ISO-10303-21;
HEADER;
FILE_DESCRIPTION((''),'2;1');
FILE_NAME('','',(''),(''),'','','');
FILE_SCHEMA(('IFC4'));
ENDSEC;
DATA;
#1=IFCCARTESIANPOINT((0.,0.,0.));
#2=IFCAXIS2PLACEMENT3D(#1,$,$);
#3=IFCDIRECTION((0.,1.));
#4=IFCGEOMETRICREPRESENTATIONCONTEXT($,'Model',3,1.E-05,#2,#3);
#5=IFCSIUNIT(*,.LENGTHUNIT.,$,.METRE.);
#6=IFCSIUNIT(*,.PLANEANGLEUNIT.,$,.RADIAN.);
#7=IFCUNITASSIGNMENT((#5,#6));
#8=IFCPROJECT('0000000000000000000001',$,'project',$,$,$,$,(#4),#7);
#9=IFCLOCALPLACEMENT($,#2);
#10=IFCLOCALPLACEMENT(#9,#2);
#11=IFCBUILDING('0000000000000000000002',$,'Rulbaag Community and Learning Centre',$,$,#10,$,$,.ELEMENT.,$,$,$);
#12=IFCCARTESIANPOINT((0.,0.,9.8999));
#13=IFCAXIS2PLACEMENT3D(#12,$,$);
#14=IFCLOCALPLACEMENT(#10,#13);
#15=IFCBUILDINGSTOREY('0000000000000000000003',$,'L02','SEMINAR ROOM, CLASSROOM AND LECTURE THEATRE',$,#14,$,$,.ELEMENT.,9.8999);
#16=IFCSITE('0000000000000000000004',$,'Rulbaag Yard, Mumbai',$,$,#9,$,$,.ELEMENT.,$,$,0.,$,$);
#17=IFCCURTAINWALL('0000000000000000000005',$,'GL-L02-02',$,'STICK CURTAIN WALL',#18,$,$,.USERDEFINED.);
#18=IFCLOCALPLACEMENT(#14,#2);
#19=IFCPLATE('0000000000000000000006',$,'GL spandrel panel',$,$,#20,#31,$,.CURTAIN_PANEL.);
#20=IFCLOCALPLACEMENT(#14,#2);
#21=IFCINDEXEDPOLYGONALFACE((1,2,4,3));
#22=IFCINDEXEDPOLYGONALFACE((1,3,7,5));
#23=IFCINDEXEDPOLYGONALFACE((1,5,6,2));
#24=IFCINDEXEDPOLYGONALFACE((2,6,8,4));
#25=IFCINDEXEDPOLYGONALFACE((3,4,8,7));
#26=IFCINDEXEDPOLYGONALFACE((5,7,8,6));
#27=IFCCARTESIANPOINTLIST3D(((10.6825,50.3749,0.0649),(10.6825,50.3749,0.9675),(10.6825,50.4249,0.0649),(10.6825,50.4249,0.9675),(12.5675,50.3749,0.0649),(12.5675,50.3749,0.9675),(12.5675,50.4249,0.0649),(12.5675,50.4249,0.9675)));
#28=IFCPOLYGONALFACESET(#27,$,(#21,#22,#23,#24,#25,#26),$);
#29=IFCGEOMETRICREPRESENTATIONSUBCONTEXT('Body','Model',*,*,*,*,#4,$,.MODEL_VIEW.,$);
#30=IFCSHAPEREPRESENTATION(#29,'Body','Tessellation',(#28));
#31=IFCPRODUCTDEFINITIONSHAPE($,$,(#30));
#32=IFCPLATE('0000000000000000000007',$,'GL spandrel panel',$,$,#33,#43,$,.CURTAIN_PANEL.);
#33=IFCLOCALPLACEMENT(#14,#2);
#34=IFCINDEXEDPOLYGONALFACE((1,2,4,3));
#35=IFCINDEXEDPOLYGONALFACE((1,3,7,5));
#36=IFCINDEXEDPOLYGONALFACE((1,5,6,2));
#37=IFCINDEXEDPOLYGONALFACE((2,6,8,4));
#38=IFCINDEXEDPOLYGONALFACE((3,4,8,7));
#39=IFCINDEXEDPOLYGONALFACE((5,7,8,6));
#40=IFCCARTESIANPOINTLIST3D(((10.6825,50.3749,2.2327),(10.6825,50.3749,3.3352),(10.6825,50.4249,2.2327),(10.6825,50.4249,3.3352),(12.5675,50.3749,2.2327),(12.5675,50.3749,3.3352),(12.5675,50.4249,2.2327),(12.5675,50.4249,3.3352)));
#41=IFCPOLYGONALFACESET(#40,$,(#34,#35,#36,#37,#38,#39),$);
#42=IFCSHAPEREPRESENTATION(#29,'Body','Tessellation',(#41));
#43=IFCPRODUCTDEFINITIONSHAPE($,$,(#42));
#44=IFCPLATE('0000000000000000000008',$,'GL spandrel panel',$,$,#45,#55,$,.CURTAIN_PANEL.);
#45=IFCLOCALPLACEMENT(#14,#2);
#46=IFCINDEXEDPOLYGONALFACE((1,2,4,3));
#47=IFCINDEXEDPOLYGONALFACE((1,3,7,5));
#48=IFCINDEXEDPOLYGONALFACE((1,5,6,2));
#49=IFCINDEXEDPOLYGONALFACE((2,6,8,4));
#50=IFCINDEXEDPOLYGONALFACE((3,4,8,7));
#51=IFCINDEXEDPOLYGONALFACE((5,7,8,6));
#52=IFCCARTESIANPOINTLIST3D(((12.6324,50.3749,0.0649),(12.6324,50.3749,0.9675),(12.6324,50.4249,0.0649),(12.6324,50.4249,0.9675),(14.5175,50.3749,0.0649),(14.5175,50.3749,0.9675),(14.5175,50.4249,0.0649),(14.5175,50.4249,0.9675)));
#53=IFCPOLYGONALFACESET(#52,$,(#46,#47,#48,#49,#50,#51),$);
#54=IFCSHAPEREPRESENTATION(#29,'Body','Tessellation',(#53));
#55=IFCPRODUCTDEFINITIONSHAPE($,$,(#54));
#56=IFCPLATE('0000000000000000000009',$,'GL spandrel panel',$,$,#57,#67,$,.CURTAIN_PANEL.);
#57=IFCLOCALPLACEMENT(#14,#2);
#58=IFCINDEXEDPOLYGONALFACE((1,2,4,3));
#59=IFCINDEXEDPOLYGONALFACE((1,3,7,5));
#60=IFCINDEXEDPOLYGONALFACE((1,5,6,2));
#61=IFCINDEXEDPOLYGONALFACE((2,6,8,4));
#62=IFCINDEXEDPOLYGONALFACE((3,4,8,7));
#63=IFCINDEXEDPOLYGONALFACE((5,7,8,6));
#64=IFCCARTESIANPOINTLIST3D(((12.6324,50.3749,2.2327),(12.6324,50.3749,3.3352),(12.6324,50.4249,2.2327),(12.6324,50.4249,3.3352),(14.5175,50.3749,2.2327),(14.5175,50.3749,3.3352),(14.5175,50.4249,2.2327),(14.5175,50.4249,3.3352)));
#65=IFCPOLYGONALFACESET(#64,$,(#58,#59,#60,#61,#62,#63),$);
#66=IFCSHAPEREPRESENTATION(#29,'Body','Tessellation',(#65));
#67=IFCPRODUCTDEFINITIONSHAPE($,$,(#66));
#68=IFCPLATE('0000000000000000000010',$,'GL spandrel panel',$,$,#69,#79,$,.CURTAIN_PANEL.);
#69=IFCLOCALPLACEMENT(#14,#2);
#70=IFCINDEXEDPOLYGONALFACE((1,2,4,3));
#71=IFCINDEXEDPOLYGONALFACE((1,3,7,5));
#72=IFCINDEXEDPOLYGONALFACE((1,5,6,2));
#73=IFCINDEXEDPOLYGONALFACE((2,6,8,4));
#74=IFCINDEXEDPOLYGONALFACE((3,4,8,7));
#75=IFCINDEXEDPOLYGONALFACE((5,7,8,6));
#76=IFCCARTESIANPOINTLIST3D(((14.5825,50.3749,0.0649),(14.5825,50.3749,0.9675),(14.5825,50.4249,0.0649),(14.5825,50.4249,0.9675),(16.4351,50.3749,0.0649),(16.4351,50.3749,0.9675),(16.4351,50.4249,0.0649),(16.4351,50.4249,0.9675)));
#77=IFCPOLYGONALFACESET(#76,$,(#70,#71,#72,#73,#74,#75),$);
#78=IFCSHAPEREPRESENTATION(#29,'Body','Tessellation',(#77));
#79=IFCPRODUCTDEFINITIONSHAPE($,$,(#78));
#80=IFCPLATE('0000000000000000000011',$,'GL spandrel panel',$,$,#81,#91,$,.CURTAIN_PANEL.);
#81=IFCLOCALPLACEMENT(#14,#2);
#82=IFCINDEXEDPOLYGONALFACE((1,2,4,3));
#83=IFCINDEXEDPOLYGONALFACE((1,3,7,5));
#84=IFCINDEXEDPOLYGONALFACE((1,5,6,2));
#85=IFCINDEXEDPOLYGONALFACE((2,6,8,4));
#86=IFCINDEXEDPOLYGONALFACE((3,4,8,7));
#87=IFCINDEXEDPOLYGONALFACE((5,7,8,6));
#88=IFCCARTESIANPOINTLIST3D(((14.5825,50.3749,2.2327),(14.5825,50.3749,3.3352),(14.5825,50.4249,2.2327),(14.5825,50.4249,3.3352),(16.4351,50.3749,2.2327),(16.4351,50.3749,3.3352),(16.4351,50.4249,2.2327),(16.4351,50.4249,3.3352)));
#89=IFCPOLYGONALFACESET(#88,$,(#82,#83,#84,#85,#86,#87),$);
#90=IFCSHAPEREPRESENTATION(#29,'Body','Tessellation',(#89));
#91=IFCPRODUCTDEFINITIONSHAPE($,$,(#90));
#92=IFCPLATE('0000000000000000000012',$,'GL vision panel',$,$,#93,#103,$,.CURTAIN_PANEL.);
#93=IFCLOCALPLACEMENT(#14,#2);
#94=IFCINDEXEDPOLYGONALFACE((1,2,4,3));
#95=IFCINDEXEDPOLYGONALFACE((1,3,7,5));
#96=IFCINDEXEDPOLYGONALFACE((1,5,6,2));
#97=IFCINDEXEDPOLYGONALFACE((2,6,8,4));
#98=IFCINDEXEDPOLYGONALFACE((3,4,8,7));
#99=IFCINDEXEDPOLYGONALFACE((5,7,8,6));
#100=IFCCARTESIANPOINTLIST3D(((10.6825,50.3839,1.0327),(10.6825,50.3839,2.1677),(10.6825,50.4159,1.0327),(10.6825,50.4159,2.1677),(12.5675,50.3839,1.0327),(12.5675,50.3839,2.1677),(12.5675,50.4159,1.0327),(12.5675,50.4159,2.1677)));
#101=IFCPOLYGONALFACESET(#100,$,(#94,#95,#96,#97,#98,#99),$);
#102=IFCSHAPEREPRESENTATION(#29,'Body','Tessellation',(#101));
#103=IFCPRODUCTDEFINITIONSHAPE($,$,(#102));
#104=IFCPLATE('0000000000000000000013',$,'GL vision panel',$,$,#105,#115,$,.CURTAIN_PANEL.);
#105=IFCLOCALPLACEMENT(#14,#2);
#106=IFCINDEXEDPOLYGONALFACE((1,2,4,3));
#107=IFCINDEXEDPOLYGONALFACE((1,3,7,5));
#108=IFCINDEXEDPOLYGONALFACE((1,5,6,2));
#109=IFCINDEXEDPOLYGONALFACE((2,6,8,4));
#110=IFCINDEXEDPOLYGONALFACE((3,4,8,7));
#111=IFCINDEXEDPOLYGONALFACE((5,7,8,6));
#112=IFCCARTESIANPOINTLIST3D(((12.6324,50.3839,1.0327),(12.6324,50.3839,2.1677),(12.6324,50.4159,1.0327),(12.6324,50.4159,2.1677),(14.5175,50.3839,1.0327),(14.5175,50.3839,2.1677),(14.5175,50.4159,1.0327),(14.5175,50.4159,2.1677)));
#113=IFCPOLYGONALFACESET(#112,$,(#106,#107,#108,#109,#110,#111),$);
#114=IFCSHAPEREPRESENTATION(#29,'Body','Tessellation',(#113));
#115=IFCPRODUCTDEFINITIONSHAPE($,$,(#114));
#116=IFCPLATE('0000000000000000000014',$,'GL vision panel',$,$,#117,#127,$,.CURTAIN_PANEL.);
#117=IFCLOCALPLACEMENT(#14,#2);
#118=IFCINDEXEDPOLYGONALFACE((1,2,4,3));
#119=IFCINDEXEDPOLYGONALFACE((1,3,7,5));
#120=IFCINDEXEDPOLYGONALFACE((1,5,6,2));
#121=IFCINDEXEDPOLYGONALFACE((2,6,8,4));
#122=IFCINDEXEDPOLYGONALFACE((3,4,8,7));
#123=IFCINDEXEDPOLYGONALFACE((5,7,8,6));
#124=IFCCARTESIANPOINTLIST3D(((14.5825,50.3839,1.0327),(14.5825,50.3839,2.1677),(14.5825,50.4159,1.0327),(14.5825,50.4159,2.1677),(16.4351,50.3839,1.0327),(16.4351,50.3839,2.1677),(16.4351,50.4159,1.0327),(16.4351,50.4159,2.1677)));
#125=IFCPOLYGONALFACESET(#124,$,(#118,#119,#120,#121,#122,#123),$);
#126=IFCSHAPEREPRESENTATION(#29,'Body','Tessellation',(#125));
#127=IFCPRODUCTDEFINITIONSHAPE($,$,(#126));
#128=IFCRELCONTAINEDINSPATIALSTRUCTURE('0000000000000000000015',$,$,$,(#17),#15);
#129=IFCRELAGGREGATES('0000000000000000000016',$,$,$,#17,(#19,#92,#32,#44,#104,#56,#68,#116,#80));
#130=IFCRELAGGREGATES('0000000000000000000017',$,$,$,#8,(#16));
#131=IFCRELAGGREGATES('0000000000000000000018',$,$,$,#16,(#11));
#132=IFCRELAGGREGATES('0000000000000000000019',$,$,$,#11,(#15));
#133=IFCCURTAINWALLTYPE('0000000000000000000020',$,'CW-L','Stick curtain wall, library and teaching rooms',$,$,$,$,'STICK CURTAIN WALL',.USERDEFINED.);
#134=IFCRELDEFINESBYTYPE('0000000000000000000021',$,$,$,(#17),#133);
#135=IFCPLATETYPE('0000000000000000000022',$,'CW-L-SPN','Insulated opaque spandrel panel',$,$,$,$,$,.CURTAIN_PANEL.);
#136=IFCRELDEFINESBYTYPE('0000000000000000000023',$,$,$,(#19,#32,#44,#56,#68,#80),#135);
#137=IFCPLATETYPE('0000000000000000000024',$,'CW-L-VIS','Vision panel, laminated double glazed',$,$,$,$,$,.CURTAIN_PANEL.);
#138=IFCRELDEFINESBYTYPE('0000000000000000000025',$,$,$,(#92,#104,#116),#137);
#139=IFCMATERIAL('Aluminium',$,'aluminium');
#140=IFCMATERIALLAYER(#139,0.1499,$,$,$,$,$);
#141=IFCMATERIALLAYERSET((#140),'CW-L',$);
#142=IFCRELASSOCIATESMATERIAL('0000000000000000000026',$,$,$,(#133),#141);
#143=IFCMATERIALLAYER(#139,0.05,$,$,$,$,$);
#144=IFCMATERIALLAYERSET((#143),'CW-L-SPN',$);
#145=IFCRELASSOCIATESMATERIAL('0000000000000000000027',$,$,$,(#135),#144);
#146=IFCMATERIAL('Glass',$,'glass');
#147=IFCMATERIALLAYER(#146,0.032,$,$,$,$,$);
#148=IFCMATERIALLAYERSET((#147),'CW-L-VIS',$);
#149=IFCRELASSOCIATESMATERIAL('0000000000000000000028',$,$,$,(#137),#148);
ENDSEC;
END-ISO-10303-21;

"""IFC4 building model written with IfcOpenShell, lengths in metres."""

from ifc_helpers import new_model, si_unit, direction, frame, origin, origin_2d, place, context, subcontext, project, spatial, rectangle, extrude, material, layer, layer_set, type_object, element, aggregate, save


model = new_model("IFC4")

# Units and contexts
model_context = context("Model", 3, precision=1e-05, world=origin(), true_north=direction((0.0, 1.0)))
body_context = subcontext(model_context, "Body", "Model", "MODEL_VIEW")
ifc_project = project(units=[si_unit("LENGTHUNIT", "METRE"), si_unit("PLANEANGLEUNIT", "RADIAN")], contexts=[model_context])

# Site, building, storey
site_placement = place(None, origin())
site = spatial("IfcSite", under=ifc_project, at=site_placement, Name="Rulbaag Yard, Mumbai", CompositionType="ELEMENT", RefElevation=0.0)
building_placement = place(site_placement, origin())
building = spatial("IfcBuilding", under=site, at=building_placement, Name="Rulbaag Community and Learning Centre", CompositionType="ELEMENT")
storey_placement = place(building_placement, frame((0.0, 0.0, 9.8999)))
storey = spatial("IfcBuildingStorey", under=building, at=storey_placement, Name="L02", Description="SEMINAR ROOM, CLASSROOM AND LECTURE THEATRE", CompositionType="ELEMENT", Elevation=9.8999)

# Curtain wall, plates
ifc_material_1 = material(Name="Aluminium", Category="aluminium")
ifc_layer_1 = layer(ifc_material_1, 0.1499)
ifc_layer_set_1 = layer_set([ifc_layer_1], Name="CW-L")
curtain_wall_type = type_object("IfcCurtainWallType", Name="CW-L", Description="Stick curtain wall, library and teaching rooms", ElementType="STICK CURTAIN WALL", PredefinedType="USERDEFINED", material=ifc_layer_set_1)
curtain_wall_placement = place(storey_placement, origin())
curtain_wall = element("IfcCurtainWall", 1, at=curtain_wall_placement, inside=storey, type_object=curtain_wall_type, Name="GL-L02-02", ObjectType="STICK CURTAIN WALL", PredefinedType="USERDEFINED")
ifc_layer_2 = layer(ifc_material_1, 0.05)
ifc_layer_set_2 = layer_set([ifc_layer_2], Name="CW-L-SPN")
plate_type_1 = type_object("IfcPlateType", Name="CW-L-SPN", Description="Insulated opaque spandrel panel", PredefinedType="CURTAIN_PANEL", material=ifc_layer_set_2)
plate_1_placement = place(storey_placement, frame((11.625, 50.3999, 0.0649), z_axis=(0.0, 0.0, 1.0), x_axis=(1.0, 0.0, 0.0)))
plate_1 = element("IfcPlate", 2, at=plate_1_placement, type_object=plate_type_1, Name="GL spandrel panel", PredefinedType="CURTAIN_PANEL", context=body_context, shape_type="SweptSolid", body=[
    extrude(rectangle(XDim=1.885, YDim=0.05, at=origin_2d()), origin(), (0.0, 0.0, 1.0), 0.9026),
])
plate_2_placement = place(storey_placement, frame((11.625, 50.3999, 2.2327), z_axis=(0.0, 0.0, 1.0), x_axis=(1.0, 0.0, 0.0)))
plate_2 = element("IfcPlate", 3, at=plate_2_placement, type_object=plate_type_1, Name="GL spandrel panel", PredefinedType="CURTAIN_PANEL", context=body_context, shape_type="SweptSolid", body=[
    extrude(rectangle(XDim=1.885, YDim=0.05, at=origin_2d()), origin(), (0.0, 0.0, 1.0), 1.1025),
])
plate_3_placement = place(storey_placement, frame((13.575, 50.3999, 0.0649), z_axis=(0.0, 0.0, 1.0), x_axis=(1.0, 0.0, 0.0)))
plate_3 = element("IfcPlate", 4, at=plate_3_placement, type_object=plate_type_1, Name="GL spandrel panel", PredefinedType="CURTAIN_PANEL", context=body_context, shape_type="SweptSolid", body=[
    extrude(rectangle(XDim=1.885, YDim=0.05, at=origin_2d()), origin(), (0.0, 0.0, 1.0), 0.9026),
])
plate_4_placement = place(storey_placement, frame((13.575, 50.3999, 2.2327), z_axis=(0.0, 0.0, 1.0), x_axis=(1.0, 0.0, 0.0)))
plate_4 = element("IfcPlate", 5, at=plate_4_placement, type_object=plate_type_1, Name="GL spandrel panel", PredefinedType="CURTAIN_PANEL", context=body_context, shape_type="SweptSolid", body=[
    extrude(rectangle(XDim=1.885, YDim=0.05, at=origin_2d()), origin(), (0.0, 0.0, 1.0), 1.1025),
])
plate_5_placement = place(storey_placement, frame((15.5088, 50.3999, 0.0649), z_axis=(0.0, 0.0, 1.0), x_axis=(1.0, 0.0, 0.0)))
plate_5 = element("IfcPlate", 6, at=plate_5_placement, type_object=plate_type_1, Name="GL spandrel panel", PredefinedType="CURTAIN_PANEL", context=body_context, shape_type="SweptSolid", body=[
    extrude(rectangle(XDim=1.8525, YDim=0.05, at=origin_2d()), origin(), (0.0, 0.0, 1.0), 0.9026),
])
plate_6_placement = place(storey_placement, frame((15.5088, 50.3999, 2.2327), z_axis=(0.0, 0.0, 1.0), x_axis=(1.0, 0.0, 0.0)))
plate_6 = element("IfcPlate", 7, at=plate_6_placement, type_object=plate_type_1, Name="GL spandrel panel", PredefinedType="CURTAIN_PANEL", context=body_context, shape_type="SweptSolid", body=[
    extrude(rectangle(XDim=1.8525, YDim=0.05, at=origin_2d()), origin(), (0.0, 0.0, 1.0), 1.1025),
])
ifc_material_2 = material(Name="Glass", Category="glass")
ifc_layer_3 = layer(ifc_material_2, 0.032)
ifc_layer_set_3 = layer_set([ifc_layer_3], Name="CW-L-VIS")
plate_type_2 = type_object("IfcPlateType", Name="CW-L-VIS", Description="Vision panel, laminated double glazed", PredefinedType="CURTAIN_PANEL", material=ifc_layer_set_3)
plate_7_placement = place(storey_placement, frame((11.625, 50.3999, 1.0327), z_axis=(0.0, 0.0, 1.0), x_axis=(1.0, 0.0, 0.0)))
plate_7 = element("IfcPlate", 8, at=plate_7_placement, type_object=plate_type_2, Name="GL vision panel", PredefinedType="CURTAIN_PANEL", context=body_context, shape_type="SweptSolid", body=[
    extrude(rectangle(XDim=1.885, YDim=0.032, at=origin_2d()), origin(), (0.0, 0.0, 1.0), 1.135),
])
plate_8_placement = place(storey_placement, frame((13.575, 50.3999, 1.0327), z_axis=(0.0, 0.0, 1.0), x_axis=(1.0, 0.0, 0.0)))
plate_8 = element("IfcPlate", 9, at=plate_8_placement, type_object=plate_type_2, Name="GL vision panel", PredefinedType="CURTAIN_PANEL", context=body_context, shape_type="SweptSolid", body=[
    extrude(rectangle(XDim=1.885, YDim=0.032, at=origin_2d()), origin(), (0.0, 0.0, 1.0), 1.135),
])
plate_9_placement = place(storey_placement, frame((15.5088, 50.3999, 1.0327), z_axis=(0.0, 0.0, 1.0), x_axis=(1.0, 0.0, 0.0)))
plate_9 = element("IfcPlate", 10, at=plate_9_placement, type_object=plate_type_2, Name="GL vision panel", PredefinedType="CURTAIN_PANEL", context=body_context, shape_type="SweptSolid", body=[
    extrude(rectangle(XDim=1.8525, YDim=0.032, at=origin_2d()), origin(), (0.0, 0.0, 1.0), 1.135),
])
aggregate(curtain_wall, [plate_1, plate_7, plate_2, plate_3, plate_8, plate_4, plate_5, plate_9, plate_6])

save(model, "model.ifc")
